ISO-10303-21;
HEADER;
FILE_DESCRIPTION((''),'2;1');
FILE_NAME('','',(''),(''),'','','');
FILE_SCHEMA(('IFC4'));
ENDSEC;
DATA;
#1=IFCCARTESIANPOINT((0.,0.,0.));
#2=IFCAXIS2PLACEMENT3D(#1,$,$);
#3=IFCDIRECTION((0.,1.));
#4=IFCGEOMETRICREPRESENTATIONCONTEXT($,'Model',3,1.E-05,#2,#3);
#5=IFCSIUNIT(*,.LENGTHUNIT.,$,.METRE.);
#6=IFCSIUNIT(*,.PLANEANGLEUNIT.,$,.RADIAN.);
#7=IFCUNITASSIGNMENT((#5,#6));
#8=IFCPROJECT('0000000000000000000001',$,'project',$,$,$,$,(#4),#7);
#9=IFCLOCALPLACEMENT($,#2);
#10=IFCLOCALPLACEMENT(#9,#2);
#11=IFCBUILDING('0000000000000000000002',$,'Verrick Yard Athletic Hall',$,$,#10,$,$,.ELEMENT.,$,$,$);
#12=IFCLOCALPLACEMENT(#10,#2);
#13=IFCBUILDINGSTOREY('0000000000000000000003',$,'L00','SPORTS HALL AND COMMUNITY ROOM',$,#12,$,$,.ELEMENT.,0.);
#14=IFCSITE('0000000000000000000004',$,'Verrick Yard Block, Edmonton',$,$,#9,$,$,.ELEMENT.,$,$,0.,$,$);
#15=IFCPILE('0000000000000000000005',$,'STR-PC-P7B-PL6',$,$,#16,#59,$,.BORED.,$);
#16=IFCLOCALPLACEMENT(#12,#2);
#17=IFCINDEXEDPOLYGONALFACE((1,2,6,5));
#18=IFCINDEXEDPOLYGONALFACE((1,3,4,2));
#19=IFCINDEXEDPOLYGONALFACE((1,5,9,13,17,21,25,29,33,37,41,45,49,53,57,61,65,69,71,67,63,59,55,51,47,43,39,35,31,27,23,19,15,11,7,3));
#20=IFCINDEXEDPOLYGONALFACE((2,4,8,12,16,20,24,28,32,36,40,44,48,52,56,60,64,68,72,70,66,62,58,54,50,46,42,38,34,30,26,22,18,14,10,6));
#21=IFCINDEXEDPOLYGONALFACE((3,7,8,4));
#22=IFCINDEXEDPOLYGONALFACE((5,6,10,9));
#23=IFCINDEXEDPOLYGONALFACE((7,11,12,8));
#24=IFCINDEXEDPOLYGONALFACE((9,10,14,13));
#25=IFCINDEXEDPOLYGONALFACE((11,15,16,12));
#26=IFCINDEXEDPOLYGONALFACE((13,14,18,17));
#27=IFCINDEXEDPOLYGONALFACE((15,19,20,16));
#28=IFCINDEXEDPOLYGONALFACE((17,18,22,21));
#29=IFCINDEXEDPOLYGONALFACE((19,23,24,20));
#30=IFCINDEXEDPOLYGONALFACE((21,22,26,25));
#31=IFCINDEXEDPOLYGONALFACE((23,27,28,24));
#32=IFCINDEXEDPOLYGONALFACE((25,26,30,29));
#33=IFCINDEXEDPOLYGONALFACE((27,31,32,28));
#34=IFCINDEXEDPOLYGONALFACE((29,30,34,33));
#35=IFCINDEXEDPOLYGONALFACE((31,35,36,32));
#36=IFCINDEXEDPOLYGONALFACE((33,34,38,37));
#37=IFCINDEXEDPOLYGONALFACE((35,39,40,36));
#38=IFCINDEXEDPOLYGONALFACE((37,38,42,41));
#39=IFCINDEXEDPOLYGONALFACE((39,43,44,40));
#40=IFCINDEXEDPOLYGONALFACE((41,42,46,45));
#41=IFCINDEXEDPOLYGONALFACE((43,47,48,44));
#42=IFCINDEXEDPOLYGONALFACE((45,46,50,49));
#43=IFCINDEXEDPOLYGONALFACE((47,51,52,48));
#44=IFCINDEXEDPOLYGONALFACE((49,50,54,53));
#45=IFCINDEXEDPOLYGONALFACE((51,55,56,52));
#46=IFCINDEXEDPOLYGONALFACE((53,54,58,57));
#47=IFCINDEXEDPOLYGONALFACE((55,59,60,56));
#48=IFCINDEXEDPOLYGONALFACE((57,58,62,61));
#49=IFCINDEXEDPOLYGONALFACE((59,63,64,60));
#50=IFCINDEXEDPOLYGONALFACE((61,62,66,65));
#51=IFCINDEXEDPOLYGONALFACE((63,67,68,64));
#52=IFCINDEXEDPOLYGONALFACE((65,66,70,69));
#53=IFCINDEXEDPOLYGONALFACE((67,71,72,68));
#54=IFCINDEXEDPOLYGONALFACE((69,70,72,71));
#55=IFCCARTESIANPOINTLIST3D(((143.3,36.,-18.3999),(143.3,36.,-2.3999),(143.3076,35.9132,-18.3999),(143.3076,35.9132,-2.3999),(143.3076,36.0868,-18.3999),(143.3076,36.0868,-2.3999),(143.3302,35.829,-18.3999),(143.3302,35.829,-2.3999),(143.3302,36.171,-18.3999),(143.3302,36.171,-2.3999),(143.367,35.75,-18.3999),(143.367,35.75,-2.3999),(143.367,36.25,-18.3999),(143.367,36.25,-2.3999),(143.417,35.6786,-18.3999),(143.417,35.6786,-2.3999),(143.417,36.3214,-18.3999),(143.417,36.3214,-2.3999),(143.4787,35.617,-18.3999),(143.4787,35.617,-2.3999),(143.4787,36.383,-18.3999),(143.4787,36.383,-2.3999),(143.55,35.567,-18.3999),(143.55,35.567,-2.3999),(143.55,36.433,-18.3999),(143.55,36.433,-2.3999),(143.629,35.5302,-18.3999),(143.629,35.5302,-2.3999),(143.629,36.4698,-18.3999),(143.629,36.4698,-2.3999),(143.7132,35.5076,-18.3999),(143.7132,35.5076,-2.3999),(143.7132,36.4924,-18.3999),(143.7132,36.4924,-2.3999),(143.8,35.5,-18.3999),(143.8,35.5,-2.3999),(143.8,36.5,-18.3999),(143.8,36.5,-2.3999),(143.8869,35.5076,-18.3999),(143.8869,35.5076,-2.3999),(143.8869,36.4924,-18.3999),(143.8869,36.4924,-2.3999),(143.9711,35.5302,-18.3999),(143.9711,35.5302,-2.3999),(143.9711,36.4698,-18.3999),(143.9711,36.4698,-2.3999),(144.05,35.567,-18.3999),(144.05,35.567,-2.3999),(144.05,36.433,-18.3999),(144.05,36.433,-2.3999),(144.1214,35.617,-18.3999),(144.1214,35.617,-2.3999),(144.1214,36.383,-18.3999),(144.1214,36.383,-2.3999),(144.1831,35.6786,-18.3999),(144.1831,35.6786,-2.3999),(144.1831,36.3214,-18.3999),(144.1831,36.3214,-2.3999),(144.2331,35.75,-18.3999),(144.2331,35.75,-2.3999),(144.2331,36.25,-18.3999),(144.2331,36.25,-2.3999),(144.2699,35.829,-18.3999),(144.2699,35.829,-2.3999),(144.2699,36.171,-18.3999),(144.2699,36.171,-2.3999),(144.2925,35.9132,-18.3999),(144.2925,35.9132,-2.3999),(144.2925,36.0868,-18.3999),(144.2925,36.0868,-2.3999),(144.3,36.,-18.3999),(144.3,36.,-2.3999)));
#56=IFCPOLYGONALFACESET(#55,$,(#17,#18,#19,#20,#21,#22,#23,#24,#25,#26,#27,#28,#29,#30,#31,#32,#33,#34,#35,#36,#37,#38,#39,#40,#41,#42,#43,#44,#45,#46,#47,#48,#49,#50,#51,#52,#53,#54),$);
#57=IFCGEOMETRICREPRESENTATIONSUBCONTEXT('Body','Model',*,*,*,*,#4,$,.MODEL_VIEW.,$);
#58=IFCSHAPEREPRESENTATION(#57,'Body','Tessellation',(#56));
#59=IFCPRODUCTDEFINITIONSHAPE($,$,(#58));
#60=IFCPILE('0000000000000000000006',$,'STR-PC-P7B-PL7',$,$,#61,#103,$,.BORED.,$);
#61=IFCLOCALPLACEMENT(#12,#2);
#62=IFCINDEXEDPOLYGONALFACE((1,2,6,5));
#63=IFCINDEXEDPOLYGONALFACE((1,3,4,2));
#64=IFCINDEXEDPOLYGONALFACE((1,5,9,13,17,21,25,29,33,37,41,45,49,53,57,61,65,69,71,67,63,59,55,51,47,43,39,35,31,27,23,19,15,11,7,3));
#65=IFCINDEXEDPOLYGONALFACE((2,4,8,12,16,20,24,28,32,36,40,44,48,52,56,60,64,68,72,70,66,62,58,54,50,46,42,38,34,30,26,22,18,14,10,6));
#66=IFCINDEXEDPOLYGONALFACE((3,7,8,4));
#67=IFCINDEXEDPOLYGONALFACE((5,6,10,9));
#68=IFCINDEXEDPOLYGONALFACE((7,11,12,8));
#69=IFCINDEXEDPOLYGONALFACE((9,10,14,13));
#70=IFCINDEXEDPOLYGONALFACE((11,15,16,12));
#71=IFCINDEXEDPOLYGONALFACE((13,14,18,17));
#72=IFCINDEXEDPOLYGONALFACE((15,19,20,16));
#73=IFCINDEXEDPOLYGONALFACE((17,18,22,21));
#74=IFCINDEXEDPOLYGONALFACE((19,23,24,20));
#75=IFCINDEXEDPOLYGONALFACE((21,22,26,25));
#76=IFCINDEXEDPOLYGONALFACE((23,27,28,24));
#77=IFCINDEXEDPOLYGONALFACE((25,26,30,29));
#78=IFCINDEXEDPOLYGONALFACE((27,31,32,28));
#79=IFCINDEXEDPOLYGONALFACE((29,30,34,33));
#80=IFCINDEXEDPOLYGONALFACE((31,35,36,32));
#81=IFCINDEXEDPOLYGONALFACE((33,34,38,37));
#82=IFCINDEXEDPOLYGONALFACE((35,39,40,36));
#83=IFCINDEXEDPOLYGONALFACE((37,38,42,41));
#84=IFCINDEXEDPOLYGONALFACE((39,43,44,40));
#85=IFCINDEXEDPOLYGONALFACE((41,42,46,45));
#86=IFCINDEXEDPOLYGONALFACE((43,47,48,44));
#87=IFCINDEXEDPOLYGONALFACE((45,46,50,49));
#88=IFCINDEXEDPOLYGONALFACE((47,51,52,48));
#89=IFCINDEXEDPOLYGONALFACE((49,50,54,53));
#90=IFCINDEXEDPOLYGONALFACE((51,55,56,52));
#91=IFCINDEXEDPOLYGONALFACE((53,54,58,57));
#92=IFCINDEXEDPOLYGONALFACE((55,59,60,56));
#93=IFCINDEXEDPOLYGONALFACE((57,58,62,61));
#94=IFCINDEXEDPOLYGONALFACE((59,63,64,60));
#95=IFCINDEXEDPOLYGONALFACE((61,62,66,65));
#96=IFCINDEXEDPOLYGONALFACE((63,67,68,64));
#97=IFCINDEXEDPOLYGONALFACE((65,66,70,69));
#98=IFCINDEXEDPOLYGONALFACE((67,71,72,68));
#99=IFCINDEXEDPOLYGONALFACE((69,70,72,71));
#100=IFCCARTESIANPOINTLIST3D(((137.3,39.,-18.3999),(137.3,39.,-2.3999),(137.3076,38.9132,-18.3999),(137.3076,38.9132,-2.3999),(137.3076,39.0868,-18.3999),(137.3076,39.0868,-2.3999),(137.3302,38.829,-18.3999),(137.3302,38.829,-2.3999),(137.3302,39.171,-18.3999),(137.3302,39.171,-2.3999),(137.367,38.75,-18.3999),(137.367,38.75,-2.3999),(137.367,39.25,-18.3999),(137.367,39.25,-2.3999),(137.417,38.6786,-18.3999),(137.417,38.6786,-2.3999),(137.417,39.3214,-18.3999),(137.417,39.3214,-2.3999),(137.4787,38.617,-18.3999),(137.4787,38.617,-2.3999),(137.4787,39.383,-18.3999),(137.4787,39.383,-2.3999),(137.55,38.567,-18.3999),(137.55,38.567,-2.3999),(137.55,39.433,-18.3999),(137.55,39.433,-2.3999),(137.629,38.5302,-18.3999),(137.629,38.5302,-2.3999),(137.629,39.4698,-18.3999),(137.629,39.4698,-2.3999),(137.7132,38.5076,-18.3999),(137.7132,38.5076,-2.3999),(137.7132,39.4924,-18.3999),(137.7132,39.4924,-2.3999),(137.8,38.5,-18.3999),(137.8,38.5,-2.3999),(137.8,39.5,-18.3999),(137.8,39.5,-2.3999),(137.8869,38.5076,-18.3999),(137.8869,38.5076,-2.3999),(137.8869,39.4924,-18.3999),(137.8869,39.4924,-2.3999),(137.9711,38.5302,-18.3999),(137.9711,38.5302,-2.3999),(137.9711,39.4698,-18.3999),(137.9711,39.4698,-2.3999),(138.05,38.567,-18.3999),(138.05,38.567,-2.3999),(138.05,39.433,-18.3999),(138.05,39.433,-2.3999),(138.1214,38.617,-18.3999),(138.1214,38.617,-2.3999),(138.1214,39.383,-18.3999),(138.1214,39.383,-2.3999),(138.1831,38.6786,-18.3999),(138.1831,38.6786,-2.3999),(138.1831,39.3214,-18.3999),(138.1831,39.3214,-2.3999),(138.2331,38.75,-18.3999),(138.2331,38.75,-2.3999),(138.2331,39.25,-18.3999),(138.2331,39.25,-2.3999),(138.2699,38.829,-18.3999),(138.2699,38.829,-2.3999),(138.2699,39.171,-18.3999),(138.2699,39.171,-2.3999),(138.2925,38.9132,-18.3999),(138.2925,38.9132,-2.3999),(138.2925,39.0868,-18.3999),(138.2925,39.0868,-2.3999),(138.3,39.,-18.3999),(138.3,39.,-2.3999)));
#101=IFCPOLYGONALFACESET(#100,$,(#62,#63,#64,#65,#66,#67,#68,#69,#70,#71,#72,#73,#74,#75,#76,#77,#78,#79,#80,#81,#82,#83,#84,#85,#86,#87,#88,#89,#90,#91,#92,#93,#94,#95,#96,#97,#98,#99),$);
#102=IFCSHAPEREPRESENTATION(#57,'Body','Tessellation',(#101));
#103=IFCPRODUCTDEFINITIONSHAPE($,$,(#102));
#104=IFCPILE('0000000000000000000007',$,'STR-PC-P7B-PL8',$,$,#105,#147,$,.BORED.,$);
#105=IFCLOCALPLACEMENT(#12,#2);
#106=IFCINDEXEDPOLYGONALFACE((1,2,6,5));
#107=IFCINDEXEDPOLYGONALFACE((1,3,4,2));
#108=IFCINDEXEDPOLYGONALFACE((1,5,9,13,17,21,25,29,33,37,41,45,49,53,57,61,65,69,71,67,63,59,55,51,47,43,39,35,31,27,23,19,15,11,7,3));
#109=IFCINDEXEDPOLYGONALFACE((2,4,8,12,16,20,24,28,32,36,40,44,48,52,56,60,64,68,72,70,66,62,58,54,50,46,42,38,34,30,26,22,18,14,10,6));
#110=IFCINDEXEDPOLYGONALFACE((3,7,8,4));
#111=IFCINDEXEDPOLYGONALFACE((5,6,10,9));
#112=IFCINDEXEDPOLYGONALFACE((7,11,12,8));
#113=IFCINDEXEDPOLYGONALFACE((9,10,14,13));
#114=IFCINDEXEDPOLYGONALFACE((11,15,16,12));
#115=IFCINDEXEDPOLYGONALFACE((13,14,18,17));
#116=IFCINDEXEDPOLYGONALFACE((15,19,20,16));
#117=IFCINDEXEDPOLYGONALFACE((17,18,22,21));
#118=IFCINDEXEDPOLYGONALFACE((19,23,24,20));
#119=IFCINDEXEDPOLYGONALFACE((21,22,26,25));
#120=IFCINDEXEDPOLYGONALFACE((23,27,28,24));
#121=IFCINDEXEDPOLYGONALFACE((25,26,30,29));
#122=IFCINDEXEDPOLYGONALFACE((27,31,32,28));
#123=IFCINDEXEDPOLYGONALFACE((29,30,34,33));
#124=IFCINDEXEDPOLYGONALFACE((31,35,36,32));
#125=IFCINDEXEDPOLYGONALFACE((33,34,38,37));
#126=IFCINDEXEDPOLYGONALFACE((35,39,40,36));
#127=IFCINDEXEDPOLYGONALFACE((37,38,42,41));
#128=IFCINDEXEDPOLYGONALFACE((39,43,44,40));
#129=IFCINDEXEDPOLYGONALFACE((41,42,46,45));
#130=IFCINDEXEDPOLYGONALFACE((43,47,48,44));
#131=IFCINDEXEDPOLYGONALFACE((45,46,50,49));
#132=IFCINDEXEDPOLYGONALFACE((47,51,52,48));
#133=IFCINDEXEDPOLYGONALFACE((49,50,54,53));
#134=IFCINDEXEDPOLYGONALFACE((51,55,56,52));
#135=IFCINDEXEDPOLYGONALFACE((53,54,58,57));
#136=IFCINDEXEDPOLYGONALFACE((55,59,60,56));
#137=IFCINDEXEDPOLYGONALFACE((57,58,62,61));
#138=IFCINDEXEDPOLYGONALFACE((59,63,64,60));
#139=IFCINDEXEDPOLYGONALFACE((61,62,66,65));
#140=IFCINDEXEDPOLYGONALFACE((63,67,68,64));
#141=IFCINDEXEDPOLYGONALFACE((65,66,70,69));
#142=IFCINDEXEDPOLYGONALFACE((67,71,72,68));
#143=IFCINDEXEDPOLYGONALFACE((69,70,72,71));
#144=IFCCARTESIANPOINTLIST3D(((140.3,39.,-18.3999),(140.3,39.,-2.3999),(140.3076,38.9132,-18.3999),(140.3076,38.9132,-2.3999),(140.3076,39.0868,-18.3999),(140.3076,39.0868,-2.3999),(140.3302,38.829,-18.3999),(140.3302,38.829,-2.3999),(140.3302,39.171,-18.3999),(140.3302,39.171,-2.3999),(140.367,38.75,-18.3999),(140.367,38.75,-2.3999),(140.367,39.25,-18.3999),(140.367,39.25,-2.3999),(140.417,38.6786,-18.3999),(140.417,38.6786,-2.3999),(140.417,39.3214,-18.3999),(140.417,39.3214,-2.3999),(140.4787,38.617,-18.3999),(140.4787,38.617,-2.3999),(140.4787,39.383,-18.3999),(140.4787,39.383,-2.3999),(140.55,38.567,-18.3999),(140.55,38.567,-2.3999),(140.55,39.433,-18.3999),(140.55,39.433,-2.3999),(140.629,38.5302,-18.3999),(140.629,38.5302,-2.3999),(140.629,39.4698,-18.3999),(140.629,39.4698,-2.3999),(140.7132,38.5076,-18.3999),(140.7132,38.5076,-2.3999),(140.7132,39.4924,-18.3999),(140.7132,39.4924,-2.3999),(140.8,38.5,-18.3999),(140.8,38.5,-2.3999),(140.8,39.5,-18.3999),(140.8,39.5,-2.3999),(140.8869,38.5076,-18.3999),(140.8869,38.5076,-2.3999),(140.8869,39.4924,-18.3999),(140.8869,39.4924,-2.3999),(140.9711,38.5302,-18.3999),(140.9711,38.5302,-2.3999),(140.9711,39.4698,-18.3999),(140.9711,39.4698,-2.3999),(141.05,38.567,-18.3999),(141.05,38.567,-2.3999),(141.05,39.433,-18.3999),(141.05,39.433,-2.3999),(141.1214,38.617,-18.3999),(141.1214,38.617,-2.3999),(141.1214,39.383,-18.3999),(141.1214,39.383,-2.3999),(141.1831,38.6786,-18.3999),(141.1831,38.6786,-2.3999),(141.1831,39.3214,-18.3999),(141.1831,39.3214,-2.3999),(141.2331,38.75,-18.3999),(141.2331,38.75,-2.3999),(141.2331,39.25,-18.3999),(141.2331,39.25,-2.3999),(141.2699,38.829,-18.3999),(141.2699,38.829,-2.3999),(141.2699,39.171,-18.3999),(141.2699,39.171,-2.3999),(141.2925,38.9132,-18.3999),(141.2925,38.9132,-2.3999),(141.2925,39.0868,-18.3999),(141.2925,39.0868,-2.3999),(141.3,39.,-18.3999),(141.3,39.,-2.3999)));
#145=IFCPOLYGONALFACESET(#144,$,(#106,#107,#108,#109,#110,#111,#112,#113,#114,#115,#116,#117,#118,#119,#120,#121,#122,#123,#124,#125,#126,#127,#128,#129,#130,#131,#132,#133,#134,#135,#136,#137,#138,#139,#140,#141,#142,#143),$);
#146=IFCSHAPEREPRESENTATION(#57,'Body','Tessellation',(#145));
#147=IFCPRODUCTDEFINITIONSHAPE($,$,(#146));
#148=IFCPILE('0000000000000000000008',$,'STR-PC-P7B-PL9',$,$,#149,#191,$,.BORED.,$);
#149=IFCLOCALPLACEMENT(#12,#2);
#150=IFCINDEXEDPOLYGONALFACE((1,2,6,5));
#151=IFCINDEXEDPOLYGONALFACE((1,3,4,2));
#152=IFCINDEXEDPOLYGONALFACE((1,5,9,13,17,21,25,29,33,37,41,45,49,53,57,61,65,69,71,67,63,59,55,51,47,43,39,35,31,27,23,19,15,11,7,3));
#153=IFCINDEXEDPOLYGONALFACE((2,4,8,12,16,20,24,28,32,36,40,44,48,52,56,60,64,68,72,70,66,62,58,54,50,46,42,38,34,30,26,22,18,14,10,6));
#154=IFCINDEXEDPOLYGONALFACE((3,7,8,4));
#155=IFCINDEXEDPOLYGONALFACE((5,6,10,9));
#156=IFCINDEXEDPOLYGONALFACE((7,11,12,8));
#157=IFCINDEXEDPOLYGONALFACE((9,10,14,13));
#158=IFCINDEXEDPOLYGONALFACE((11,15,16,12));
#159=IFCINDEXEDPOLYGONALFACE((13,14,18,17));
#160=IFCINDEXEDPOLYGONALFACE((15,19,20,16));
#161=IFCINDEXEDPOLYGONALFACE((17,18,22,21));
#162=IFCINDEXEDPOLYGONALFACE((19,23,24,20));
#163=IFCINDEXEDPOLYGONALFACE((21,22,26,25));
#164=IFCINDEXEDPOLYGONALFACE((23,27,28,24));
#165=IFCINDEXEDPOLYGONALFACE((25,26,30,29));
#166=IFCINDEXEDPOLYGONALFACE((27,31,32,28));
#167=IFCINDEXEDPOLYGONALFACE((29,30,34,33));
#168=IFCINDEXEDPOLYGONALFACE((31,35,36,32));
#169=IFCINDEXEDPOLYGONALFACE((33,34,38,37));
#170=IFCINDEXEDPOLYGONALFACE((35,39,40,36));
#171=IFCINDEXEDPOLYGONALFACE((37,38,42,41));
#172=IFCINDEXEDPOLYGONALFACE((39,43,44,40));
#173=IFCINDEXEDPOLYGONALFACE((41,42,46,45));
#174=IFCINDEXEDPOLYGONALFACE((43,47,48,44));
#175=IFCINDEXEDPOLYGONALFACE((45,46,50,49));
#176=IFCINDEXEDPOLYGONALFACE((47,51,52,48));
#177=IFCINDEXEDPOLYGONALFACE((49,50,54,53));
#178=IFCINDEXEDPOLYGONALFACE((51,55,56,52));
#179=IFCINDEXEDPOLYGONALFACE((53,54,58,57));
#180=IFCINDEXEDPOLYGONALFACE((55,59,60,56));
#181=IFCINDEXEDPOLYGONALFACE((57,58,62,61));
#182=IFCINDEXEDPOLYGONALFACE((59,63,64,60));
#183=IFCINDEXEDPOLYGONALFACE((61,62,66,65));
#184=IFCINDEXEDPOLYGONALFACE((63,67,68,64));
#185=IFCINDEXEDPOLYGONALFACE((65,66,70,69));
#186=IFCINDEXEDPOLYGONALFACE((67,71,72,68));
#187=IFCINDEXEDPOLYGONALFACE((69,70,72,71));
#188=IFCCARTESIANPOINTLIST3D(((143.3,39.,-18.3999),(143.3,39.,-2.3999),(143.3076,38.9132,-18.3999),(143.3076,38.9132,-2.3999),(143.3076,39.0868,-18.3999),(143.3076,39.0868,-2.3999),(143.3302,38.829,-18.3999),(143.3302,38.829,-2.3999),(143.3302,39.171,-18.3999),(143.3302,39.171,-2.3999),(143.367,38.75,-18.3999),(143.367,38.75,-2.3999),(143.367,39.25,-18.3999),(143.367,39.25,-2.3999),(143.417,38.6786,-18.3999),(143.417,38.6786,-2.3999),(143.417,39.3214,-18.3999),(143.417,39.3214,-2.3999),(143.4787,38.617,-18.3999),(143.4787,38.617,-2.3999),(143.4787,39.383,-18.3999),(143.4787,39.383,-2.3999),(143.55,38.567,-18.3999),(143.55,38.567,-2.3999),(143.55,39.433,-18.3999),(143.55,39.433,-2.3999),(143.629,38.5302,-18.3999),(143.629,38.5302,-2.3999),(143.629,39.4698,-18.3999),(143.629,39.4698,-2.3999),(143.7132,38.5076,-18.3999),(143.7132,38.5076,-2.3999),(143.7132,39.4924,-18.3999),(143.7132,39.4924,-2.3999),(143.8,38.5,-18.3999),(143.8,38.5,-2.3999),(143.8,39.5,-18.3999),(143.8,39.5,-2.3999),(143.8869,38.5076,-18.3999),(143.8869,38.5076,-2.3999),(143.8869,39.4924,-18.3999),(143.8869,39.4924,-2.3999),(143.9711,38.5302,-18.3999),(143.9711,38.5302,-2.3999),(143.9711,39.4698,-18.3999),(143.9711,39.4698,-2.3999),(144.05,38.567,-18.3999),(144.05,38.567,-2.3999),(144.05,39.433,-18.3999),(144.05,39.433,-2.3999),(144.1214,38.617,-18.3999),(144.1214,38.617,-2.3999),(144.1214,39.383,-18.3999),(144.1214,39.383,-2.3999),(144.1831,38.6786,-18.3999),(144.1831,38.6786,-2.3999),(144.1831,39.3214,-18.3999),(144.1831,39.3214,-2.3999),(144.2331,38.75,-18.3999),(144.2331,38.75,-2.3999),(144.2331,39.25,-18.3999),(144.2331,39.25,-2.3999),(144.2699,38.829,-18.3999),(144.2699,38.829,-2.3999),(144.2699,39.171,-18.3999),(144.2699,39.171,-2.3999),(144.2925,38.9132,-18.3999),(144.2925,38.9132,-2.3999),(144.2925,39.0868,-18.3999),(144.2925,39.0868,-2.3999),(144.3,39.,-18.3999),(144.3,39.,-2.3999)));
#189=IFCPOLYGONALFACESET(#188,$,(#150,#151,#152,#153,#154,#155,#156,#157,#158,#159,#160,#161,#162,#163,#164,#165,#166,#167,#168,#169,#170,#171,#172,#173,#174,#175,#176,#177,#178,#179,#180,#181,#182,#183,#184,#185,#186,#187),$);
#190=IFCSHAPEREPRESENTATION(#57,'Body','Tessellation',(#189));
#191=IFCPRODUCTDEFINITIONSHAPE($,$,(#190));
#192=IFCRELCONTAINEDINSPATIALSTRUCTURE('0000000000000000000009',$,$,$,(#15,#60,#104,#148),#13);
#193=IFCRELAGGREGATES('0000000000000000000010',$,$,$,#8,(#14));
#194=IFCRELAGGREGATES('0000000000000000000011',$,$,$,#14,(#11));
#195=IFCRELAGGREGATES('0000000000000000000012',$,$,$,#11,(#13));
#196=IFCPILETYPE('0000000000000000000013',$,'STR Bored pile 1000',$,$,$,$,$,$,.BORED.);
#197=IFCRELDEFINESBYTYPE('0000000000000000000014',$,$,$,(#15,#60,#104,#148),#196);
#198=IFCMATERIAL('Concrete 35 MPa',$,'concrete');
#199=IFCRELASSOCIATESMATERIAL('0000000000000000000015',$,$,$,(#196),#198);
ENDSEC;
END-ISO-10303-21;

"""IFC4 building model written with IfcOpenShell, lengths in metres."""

from ifc_helpers import new_model, si_unit, direction, frame, origin, origin_2d, place, context, subcontext, project, spatial, circle, extrude, material, type_object, element, save


model = new_model("IFC4")

# Units and contexts
model_context = context("Model", 3, precision=1e-05, world=origin(), true_north=direction((0.0, 1.0)))
body_context = subcontext(model_context, "Body", "Model", "MODEL_VIEW")
ifc_project = project(units=[si_unit("LENGTHUNIT", "METRE"), si_unit("PLANEANGLEUNIT", "RADIAN")], contexts=[model_context])

# Site, building, storey
site_placement = place(None, origin())
site = spatial("IfcSite", under=ifc_project, at=site_placement, Name="Verrick Yard Block, Edmonton", CompositionType="ELEMENT", RefElevation=0.0)
building_placement = place(site_placement, origin())
building = spatial("IfcBuilding", under=site, at=building_placement, Name="Verrick Yard Athletic Hall", CompositionType="ELEMENT")
storey_placement = place(building_placement, origin())
storey = spatial("IfcBuildingStorey", under=building, at=storey_placement, Name="L00", Description="SPORTS HALL AND COMMUNITY ROOM", CompositionType="ELEMENT", Elevation=0.0)

# Piles
ifc_material_1 = material(Name="Concrete 35 MPa", Category="concrete")
pile_type = type_object("IfcPileType", Name="STR Bored pile 1000", PredefinedType="BORED", material=ifc_material_1)
for number, where, z_axis, x_axis, name in (
    (1, (143.8, 36.0, -2.3999), (0.0, 0.0, -1.0), (1.0, 0.0, 0.0), "STR-PC-P7B-PL6"),
    (2, (137.8, 39.0, -2.3999), (0.0, 0.0, -1.0), (1.0, 0.0, 0.0), "STR-PC-P7B-PL7"),
    (3, (140.8, 39.0, -2.3999), (0.0, 0.0, -1.0), (1.0, 0.0, 0.0), "STR-PC-P7B-PL8"),
    (4, (143.8, 39.0, -2.3999), (0.0, 0.0, -1.0), (1.0, 0.0, 0.0), "STR-PC-P7B-PL9"),
):
    element("IfcPile", number, at=place(storey_placement, frame(where, z_axis=z_axis, x_axis=x_axis)), inside=storey, type_object=pile_type, Name=name, PredefinedType="BORED", context=body_context, shape_type="SweptSolid", body=[
        extrude(circle(Radius=0.5, at=origin_2d()), origin(), (0.0, 0.0, 1.0), 16.0),
    ])

save(model, "model.ifc")
